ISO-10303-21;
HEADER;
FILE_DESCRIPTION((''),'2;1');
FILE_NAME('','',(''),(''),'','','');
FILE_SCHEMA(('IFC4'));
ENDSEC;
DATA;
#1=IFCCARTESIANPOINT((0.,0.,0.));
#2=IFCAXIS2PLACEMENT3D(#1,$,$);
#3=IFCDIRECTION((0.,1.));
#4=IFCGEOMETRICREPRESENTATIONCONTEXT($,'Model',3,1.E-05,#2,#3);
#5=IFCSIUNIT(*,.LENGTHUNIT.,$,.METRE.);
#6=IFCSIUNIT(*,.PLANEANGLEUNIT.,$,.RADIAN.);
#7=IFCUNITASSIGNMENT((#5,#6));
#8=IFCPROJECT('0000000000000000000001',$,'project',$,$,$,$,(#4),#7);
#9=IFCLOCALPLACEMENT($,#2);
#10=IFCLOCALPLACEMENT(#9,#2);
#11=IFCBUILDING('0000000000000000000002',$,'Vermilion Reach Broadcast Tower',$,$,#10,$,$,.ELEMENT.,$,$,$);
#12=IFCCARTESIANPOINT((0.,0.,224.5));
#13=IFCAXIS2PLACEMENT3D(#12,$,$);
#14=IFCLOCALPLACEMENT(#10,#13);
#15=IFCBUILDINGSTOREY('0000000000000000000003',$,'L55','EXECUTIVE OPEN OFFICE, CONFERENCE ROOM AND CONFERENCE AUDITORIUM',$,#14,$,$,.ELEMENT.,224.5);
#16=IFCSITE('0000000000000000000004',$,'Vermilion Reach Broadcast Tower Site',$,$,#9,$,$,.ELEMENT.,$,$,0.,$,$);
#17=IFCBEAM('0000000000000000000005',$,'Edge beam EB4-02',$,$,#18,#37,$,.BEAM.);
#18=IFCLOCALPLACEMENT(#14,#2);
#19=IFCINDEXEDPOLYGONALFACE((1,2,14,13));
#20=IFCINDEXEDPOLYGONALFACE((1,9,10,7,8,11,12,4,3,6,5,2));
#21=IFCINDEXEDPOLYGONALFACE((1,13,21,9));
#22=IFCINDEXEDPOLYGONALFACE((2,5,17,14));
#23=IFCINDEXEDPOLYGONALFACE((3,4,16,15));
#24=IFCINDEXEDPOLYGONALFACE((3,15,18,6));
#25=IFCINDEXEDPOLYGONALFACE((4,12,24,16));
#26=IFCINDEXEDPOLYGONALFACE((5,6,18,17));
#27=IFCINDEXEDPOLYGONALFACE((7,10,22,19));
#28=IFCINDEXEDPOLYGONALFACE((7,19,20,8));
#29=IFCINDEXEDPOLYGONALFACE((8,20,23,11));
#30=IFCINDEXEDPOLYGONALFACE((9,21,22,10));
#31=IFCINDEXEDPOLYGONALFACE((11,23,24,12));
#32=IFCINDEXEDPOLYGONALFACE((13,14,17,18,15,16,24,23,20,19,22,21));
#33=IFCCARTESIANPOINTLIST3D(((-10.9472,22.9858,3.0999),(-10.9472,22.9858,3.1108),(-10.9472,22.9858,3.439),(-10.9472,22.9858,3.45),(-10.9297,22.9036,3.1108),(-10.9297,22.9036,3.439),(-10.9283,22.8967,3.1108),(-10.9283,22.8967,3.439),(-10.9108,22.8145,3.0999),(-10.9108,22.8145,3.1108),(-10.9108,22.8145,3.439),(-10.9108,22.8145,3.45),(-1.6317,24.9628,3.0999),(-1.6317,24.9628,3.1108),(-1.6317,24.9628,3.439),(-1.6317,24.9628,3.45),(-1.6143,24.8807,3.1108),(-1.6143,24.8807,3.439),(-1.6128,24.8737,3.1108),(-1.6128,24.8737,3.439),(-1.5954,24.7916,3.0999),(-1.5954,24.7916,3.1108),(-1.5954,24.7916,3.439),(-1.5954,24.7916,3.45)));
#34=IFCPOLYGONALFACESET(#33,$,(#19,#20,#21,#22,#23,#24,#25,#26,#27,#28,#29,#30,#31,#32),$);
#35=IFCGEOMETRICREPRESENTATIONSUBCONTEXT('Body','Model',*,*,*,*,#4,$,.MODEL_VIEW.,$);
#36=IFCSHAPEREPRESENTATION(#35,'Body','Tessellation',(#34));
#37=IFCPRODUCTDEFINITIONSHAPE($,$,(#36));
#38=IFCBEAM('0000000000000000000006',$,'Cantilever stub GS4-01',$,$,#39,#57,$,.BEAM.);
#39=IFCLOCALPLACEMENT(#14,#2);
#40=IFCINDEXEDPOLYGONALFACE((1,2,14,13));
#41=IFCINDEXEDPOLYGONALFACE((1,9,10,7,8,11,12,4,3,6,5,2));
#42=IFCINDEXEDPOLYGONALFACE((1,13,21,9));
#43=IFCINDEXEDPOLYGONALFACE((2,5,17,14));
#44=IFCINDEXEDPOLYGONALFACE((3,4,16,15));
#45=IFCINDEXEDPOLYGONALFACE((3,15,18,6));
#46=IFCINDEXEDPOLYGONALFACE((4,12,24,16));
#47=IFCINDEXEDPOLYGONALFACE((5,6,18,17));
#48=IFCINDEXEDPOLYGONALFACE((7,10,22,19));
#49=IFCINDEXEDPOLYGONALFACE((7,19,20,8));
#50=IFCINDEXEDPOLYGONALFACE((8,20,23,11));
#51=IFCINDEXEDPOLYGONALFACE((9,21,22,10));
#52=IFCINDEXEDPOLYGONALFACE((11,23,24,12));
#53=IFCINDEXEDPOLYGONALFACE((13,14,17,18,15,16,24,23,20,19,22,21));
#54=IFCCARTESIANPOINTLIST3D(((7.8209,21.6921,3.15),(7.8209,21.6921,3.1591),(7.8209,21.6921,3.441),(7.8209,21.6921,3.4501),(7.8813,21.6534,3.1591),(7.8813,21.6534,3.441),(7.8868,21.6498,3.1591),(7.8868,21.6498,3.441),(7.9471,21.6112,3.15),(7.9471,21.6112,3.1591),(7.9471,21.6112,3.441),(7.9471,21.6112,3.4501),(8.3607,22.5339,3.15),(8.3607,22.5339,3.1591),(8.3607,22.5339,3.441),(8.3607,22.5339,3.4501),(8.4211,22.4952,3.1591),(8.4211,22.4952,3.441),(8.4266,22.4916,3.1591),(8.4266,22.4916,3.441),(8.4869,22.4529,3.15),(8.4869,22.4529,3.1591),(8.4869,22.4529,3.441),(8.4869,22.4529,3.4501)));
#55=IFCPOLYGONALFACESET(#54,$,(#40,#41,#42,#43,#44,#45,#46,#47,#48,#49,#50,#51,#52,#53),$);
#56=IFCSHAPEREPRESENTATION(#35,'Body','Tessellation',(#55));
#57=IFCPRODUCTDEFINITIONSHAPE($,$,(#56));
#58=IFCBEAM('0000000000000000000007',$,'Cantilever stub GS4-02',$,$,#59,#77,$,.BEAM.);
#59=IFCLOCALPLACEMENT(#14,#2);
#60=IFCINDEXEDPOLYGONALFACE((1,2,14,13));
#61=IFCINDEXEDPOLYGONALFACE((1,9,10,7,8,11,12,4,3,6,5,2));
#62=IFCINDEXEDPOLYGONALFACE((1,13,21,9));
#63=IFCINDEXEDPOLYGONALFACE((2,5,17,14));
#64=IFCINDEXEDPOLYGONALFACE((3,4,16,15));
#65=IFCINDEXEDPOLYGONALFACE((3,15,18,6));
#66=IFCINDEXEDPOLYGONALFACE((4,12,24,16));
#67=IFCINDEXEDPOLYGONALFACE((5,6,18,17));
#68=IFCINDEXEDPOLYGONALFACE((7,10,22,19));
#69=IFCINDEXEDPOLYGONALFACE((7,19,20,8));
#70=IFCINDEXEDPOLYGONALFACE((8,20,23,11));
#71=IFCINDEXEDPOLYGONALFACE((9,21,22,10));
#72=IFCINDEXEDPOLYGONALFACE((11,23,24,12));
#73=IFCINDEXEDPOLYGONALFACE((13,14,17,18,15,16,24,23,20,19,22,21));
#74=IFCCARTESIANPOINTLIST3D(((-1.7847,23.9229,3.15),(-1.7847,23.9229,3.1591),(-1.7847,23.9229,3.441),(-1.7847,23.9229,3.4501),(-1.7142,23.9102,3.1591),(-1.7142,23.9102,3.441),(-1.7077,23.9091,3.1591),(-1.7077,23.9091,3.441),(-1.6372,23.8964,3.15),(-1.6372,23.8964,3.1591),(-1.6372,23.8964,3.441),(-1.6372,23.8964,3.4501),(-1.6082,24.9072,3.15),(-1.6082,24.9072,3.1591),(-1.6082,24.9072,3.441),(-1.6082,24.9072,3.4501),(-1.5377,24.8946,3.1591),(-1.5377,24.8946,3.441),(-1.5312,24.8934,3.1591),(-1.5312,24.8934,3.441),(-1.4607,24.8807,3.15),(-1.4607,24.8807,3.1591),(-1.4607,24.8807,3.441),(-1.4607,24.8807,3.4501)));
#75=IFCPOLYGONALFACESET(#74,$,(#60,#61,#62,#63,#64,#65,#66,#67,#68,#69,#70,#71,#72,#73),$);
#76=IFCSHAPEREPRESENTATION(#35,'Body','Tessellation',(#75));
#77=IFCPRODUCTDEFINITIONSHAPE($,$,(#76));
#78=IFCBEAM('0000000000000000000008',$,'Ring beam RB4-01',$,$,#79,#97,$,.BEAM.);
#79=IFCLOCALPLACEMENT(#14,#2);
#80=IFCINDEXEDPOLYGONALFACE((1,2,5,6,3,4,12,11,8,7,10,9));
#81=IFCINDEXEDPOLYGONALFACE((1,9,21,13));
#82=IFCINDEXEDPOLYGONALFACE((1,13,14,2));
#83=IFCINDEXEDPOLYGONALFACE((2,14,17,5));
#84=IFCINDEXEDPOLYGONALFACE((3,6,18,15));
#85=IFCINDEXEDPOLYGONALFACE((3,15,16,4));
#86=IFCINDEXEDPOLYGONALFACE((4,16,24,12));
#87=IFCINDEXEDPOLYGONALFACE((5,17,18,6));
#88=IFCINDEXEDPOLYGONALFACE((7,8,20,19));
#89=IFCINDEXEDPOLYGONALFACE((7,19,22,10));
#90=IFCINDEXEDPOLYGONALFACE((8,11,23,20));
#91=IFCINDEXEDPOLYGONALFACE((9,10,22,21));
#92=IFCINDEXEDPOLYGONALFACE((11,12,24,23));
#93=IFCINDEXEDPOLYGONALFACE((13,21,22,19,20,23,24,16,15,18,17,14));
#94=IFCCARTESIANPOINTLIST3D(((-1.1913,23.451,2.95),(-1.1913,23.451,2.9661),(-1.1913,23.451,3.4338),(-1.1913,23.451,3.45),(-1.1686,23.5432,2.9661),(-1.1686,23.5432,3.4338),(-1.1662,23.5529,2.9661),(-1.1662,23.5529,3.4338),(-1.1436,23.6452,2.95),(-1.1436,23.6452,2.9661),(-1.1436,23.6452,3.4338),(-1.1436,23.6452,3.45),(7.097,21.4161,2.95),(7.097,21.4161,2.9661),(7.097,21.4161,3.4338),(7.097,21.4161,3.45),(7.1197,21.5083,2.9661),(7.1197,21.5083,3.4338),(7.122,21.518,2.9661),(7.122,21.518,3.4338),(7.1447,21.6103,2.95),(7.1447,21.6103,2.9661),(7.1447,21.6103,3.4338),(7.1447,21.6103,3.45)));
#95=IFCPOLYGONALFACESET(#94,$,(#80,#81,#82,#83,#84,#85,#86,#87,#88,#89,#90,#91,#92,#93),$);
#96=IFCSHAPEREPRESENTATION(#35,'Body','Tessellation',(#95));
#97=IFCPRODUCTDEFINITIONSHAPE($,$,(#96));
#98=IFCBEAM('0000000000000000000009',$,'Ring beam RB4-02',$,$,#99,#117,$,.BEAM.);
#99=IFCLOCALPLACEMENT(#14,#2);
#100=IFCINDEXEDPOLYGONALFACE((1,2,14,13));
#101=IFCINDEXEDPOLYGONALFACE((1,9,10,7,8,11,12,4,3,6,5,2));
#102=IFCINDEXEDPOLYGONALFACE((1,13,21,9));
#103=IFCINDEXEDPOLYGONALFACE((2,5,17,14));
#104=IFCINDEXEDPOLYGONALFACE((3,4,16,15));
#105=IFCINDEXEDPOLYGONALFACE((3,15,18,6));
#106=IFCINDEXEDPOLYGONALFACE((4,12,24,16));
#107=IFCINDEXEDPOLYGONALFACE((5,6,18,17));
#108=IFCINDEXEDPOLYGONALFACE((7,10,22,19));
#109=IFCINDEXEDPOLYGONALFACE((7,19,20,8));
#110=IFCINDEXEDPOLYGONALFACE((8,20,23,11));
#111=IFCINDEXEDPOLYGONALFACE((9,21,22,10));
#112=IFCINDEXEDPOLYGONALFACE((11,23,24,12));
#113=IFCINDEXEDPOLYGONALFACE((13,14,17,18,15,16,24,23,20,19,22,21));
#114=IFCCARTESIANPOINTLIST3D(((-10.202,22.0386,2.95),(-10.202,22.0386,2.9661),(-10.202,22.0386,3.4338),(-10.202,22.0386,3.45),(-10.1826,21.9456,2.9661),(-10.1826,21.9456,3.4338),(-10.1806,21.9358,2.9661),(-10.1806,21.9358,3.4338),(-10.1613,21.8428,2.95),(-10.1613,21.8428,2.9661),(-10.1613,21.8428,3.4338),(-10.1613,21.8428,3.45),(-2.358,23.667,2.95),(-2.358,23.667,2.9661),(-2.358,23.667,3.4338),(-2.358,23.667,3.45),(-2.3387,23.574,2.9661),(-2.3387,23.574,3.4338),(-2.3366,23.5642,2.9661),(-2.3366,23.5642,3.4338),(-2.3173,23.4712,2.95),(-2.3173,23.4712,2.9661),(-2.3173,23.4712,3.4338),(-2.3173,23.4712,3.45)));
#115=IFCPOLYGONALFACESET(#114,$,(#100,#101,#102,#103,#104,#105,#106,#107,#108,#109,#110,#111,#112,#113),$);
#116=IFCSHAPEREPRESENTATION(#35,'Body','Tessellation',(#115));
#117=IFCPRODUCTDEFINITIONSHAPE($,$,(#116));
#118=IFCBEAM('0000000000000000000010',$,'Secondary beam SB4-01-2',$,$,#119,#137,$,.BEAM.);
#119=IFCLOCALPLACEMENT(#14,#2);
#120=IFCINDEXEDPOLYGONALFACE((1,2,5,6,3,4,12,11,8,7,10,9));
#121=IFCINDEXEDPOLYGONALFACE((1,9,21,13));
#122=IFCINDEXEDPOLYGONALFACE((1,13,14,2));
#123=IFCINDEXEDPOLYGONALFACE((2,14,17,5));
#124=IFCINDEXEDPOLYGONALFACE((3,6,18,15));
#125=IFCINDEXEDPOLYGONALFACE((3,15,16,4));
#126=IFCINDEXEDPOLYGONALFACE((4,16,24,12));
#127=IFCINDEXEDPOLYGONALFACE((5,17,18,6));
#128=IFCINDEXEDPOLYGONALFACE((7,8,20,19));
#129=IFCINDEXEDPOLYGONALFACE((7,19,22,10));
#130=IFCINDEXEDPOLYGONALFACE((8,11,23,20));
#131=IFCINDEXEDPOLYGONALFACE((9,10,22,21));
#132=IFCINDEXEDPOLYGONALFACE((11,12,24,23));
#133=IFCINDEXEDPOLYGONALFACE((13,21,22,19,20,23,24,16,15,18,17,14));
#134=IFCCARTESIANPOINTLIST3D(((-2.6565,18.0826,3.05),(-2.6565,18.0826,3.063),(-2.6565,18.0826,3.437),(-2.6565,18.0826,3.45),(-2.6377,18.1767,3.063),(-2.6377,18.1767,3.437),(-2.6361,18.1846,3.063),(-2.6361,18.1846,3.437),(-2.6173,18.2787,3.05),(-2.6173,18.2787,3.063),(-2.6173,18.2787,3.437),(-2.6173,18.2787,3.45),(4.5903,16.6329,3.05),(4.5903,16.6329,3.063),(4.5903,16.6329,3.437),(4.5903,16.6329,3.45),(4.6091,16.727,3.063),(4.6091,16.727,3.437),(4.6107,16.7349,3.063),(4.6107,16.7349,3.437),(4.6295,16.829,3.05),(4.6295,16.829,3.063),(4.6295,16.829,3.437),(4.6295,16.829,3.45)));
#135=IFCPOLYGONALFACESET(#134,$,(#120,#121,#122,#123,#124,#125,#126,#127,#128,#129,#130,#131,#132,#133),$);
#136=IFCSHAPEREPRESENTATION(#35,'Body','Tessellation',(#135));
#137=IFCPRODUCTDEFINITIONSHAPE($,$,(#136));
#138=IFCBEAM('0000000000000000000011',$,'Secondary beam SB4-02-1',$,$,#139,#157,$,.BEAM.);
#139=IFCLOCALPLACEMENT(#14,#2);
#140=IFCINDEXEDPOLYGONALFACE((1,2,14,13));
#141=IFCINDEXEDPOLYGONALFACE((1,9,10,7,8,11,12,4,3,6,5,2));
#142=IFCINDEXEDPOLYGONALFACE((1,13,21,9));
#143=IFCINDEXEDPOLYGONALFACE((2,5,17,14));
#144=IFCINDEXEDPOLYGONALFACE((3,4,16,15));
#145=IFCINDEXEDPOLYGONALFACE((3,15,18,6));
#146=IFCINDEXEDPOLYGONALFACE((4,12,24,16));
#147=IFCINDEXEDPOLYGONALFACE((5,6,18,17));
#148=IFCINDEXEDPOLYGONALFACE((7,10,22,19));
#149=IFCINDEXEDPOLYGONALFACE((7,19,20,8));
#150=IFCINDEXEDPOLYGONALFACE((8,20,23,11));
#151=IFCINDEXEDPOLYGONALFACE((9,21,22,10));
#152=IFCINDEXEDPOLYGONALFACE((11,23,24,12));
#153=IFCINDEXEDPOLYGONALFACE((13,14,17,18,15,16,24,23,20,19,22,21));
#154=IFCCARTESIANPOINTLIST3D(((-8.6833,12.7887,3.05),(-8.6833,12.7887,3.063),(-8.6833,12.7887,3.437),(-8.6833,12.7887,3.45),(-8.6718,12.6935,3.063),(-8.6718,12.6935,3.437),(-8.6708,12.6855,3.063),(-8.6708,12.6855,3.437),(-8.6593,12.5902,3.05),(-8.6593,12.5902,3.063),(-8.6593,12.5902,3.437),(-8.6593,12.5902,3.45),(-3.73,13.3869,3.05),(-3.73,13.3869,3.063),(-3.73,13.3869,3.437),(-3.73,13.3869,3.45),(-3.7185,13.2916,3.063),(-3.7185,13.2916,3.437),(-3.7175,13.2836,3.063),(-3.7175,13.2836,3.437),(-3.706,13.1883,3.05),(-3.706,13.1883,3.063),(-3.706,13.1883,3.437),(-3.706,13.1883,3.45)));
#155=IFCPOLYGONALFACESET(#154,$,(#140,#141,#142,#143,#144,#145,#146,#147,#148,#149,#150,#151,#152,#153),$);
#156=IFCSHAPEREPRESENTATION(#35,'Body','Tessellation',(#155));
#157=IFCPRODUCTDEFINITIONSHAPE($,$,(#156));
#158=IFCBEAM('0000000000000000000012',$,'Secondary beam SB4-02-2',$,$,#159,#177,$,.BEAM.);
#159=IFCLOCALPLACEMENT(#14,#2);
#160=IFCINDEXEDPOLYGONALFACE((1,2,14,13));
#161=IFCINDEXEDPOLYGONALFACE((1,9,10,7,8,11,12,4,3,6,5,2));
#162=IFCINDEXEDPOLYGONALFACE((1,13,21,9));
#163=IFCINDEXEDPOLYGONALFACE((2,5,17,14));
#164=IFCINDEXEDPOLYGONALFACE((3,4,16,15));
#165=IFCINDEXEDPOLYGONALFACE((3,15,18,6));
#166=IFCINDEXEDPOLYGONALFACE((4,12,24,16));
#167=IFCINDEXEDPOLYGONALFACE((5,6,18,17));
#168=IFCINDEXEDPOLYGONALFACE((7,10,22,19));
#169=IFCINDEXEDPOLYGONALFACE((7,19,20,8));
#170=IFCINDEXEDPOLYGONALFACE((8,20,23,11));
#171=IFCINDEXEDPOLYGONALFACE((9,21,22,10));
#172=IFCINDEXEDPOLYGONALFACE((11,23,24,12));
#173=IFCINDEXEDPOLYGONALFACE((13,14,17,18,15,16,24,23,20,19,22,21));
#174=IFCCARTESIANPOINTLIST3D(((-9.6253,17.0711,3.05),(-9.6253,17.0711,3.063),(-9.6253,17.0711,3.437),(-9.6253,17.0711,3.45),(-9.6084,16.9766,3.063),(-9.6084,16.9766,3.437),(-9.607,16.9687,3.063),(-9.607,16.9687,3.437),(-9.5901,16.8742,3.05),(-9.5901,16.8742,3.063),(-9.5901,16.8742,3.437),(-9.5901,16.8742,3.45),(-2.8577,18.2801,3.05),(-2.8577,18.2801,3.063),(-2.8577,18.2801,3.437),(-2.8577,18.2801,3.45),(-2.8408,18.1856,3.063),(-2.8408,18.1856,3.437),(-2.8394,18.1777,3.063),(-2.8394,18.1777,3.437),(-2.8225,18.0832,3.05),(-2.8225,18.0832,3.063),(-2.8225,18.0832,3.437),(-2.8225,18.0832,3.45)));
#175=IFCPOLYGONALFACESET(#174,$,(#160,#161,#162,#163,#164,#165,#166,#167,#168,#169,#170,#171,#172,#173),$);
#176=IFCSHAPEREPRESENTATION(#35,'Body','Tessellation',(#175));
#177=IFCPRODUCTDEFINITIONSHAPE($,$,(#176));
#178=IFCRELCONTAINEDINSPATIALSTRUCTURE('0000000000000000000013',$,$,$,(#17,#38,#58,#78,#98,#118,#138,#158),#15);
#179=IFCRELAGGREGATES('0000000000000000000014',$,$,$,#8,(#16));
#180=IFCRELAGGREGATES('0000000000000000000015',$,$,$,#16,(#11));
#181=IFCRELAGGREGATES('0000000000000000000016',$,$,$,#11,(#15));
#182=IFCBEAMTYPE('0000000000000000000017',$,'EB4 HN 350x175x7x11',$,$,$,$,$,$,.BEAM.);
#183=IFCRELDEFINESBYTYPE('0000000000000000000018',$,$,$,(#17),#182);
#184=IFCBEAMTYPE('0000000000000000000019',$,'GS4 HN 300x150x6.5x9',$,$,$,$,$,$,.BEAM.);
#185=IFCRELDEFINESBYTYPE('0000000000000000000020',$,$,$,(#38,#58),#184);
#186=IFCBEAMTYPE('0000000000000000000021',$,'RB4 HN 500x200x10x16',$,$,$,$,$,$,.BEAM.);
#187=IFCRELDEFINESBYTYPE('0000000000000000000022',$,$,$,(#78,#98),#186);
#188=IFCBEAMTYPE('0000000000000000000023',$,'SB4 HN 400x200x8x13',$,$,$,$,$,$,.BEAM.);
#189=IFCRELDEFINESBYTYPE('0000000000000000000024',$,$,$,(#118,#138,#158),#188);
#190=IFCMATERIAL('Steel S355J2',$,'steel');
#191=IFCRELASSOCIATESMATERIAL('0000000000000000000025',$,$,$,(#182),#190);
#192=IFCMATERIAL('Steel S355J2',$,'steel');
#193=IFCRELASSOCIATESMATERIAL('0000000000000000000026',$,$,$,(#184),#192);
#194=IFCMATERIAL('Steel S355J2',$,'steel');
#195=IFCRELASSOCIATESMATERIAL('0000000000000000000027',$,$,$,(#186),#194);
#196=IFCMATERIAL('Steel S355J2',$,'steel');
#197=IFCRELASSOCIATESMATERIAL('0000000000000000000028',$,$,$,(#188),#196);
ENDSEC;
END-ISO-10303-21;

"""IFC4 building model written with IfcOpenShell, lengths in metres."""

from ifc_helpers import new_model, si_unit, direction, frame, origin, origin_2d, place, context, subcontext, project, spatial, i_section, extrude, material, material_profile, profile_set, type_object, element, save


model = new_model("IFC4")

# Units and contexts
model_context = context("Model", 3, precision=1e-05, world=origin(), true_north=direction((0.0, 1.0)))
body_context = subcontext(model_context, "Body", "Model", "MODEL_VIEW")
ifc_project = project(units=[si_unit("LENGTHUNIT", "METRE"), si_unit("PLANEANGLEUNIT", "RADIAN")], contexts=[model_context])

# Site, building, storey
site_placement = place(None, origin())
site = spatial("IfcSite", under=ifc_project, at=site_placement, Name="Vermilion Reach Broadcast Tower Site", CompositionType="ELEMENT", RefElevation=0.0)
building_placement = place(site_placement, origin())
building = spatial("IfcBuilding", under=site, at=building_placement, Name="Vermilion Reach Broadcast Tower", CompositionType="ELEMENT")
storey_placement = place(building_placement, frame((0.0, 0.0, 224.5)))
storey = spatial("IfcBuildingStorey", under=building, at=storey_placement, Name="L55", Description="EXECUTIVE OPEN OFFICE, CONFERENCE ROOM AND CONFERENCE AUDITORIUM", CompositionType="ELEMENT", Elevation=224.5)

# Beams
ifc_material_1 = material(Name="Steel S355J2", Category="steel")
ifc_material_profile_1 = material_profile(ifc_material_1, i_section(OverallWidth=0.175, OverallDepth=0.3501, WebThickness=0.0071, FlangeThickness=0.011, at=origin_2d()), Name="S355J2 HN 350x175x7x11")
ifc_profile_set_1 = profile_set([ifc_material_profile_1], Name="Steel S355J2")
beam_type_1 = type_object("IfcBeamType", Name="EB4 HN 350x175x7x11", PredefinedType="BEAM", material=ifc_profile_set_1)
beam_1_placement = place(storey_placement, frame((-1.6135, 24.8772, 3.2749), z_axis=(-0.978212, -0.20761, 0.0), x_axis=(0.20761, -0.978212, 0.0)))
element("IfcBeam", 1, at=beam_1_placement, inside=storey, type_object=beam_type_1, Name="Edge beam EB4-02", PredefinedType="BEAM", context=body_context, shape_type="SweptSolid", body=[
    extrude(i_section(OverallWidth=0.175, OverallDepth=0.3501, WebThickness=0.0071, FlangeThickness=0.011, at=origin_2d()), origin(), (0.0, 0.0, 1.0), 9.5229),
])
ifc_material_2 = material(Name="Steel S355J2", Category="steel")
ifc_material_profile_2 = material_profile(ifc_material_2, i_section(OverallWidth=0.1499, OverallDepth=0.3, WebThickness=0.0066, FlangeThickness=0.009, at=origin_2d()), Name="S355J2 HN 300x150x6.5x9")
ifc_profile_set_2 = profile_set([ifc_material_profile_2], Name="Steel S355J2")
beam_type_2 = type_object("IfcBeamType", Name="GS4 HN 300x150x6.5x9", PredefinedType="BEAM", material=ifc_profile_set_2)
for number, where, z_axis, x_axis, name in (
    (2, (7.884, 21.6516, 3.3), (0.539795, 0.841797, 0.0), (-0.841797, 0.539795, 0.0), "Cantilever stub GS4-01"),
    (3, (-1.7109, 23.9097, 3.3), (0.1765, 0.984301, 0.0), (-0.984301, 0.1765, 0.0), "Cantilever stub GS4-02"),
):
    element("IfcBeam", number, at=place(storey_placement, frame(where, z_axis=z_axis, x_axis=x_axis)), inside=storey, type_object=beam_type_2, Name=name, PredefinedType="BEAM", context=body_context, shape_type="SweptSolid", body=[
        extrude(i_section(OverallWidth=0.1499, OverallDepth=0.3, WebThickness=0.0066, FlangeThickness=0.009, at=origin_2d()), origin(), (0.0, 0.0, 1.0), 1.0),
    ])
ifc_material_3 = material(Name="Steel S355J2", Category="steel")
ifc_material_profile_3 = material_profile(ifc_material_3, i_section(OverallWidth=0.2, OverallDepth=0.5, WebThickness=0.01, FlangeThickness=0.0161, at=origin_2d()), Name="S355J2 HN 500x200x10x16")
ifc_profile_set_3 = profile_set([ifc_material_profile_3], Name="Steel S355J2")
beam_type_3 = type_object("IfcBeamType", Name="RB4 HN 500x200x10x16", PredefinedType="BEAM", material=ifc_profile_set_3)
beam_2_placement = place(storey_placement, frame((7.1208, 21.5132, 3.2), z_axis=(-0.971159, 0.238434, 0.0), x_axis=(-0.238434, -0.971159, 0.0)))
element("IfcBeam", 4, at=beam_2_placement, inside=storey, type_object=beam_type_3, Name="Ring beam RB4-01", PredefinedType="BEAM", context=body_context, shape_type="SweptSolid", body=[
    extrude(i_section(OverallWidth=0.2, OverallDepth=0.5, WebThickness=0.01, FlangeThickness=0.0161, at=origin_2d()), origin(), (0.0, 0.0, 1.0), 8.5344),
])
beam_3_placement = place(storey_placement, frame((-2.3376, 23.5691, 3.2), z_axis=(-0.979123, -0.203267, 0.0), x_axis=(0.203267, -0.979123, 0.0)))
element("IfcBeam", 5, at=beam_3_placement, inside=storey, type_object=beam_type_3, Name="Ring beam RB4-02", PredefinedType="BEAM", context=body_context, shape_type="SweptSolid", body=[
    extrude(i_section(OverallWidth=0.2, OverallDepth=0.5, WebThickness=0.01, FlangeThickness=0.0161, at=origin_2d()), origin(), (0.0, 0.0, 1.0), 8.0112),
])
ifc_material_4 = material(Name="Steel S355J2", Category="steel")
ifc_material_profile_4 = material_profile(ifc_material_4, i_section(OverallWidth=0.2, OverallDepth=0.3999, WebThickness=0.0081, FlangeThickness=0.0129, at=origin_2d()), Name="S355J2 HN 400x200x8x13")
ifc_profile_set_4 = profile_set([ifc_material_profile_4], Name="Steel S355J2")
beam_type_4 = type_object("IfcBeamType", Name="SB4 HN 400x200x8x13", PredefinedType="BEAM", material=ifc_profile_set_4)
beam_4_placement = place(storey_placement, frame((4.6099, 16.731, 3.25), z_axis=(-0.980572, 0.196161, 0.0), x_axis=(-0.196161, -0.980572, 0.0)))
element("IfcBeam", 6, at=beam_4_placement, inside=storey, type_object=beam_type_4, Name="Secondary beam SB4-01-2", PredefinedType="BEAM", context=body_context, shape_type="SweptSolid", body=[
    extrude(i_section(OverallWidth=0.2, OverallDepth=0.3999, WebThickness=0.0081, FlangeThickness=0.0129, at=origin_2d()), origin(), (0.0, 0.0, 1.0), 7.3904),
])
beam_5_placement = place(storey_placement, frame((-3.718, 13.2876, 3.25), z_axis=(-0.992788, -0.119884, 0.0), x_axis=(0.119884, -0.992788, 0.0)))
element("IfcBeam", 7, at=beam_5_placement, inside=storey, type_object=beam_type_4, Name="Secondary beam SB4-02-1", PredefinedType="BEAM", context=body_context, shape_type="SweptSolid", body=[
    extrude(i_section(OverallWidth=0.2, OverallDepth=0.3999, WebThickness=0.0081, FlangeThickness=0.0129, at=origin_2d()), origin(), (0.0, 0.0, 1.0), 4.9893),
])
beam_6_placement = place(storey_placement, frame((-2.8401, 18.1816, 3.25), z_axis=(-0.984415, -0.175859, 0.0), x_axis=(0.175859, -0.984415, 0.0)))
element("IfcBeam", 8, at=beam_6_placement, inside=storey, type_object=beam_type_4, Name="Secondary beam SB4-02-2", PredefinedType="BEAM", context=body_context, shape_type="SweptSolid", body=[
    extrude(i_section(OverallWidth=0.2, OverallDepth=0.3999, WebThickness=0.0081, FlangeThickness=0.0129, at=origin_2d()), origin(), (0.0, 0.0, 1.0), 6.8748),
])

save(model, "model.ifc")
